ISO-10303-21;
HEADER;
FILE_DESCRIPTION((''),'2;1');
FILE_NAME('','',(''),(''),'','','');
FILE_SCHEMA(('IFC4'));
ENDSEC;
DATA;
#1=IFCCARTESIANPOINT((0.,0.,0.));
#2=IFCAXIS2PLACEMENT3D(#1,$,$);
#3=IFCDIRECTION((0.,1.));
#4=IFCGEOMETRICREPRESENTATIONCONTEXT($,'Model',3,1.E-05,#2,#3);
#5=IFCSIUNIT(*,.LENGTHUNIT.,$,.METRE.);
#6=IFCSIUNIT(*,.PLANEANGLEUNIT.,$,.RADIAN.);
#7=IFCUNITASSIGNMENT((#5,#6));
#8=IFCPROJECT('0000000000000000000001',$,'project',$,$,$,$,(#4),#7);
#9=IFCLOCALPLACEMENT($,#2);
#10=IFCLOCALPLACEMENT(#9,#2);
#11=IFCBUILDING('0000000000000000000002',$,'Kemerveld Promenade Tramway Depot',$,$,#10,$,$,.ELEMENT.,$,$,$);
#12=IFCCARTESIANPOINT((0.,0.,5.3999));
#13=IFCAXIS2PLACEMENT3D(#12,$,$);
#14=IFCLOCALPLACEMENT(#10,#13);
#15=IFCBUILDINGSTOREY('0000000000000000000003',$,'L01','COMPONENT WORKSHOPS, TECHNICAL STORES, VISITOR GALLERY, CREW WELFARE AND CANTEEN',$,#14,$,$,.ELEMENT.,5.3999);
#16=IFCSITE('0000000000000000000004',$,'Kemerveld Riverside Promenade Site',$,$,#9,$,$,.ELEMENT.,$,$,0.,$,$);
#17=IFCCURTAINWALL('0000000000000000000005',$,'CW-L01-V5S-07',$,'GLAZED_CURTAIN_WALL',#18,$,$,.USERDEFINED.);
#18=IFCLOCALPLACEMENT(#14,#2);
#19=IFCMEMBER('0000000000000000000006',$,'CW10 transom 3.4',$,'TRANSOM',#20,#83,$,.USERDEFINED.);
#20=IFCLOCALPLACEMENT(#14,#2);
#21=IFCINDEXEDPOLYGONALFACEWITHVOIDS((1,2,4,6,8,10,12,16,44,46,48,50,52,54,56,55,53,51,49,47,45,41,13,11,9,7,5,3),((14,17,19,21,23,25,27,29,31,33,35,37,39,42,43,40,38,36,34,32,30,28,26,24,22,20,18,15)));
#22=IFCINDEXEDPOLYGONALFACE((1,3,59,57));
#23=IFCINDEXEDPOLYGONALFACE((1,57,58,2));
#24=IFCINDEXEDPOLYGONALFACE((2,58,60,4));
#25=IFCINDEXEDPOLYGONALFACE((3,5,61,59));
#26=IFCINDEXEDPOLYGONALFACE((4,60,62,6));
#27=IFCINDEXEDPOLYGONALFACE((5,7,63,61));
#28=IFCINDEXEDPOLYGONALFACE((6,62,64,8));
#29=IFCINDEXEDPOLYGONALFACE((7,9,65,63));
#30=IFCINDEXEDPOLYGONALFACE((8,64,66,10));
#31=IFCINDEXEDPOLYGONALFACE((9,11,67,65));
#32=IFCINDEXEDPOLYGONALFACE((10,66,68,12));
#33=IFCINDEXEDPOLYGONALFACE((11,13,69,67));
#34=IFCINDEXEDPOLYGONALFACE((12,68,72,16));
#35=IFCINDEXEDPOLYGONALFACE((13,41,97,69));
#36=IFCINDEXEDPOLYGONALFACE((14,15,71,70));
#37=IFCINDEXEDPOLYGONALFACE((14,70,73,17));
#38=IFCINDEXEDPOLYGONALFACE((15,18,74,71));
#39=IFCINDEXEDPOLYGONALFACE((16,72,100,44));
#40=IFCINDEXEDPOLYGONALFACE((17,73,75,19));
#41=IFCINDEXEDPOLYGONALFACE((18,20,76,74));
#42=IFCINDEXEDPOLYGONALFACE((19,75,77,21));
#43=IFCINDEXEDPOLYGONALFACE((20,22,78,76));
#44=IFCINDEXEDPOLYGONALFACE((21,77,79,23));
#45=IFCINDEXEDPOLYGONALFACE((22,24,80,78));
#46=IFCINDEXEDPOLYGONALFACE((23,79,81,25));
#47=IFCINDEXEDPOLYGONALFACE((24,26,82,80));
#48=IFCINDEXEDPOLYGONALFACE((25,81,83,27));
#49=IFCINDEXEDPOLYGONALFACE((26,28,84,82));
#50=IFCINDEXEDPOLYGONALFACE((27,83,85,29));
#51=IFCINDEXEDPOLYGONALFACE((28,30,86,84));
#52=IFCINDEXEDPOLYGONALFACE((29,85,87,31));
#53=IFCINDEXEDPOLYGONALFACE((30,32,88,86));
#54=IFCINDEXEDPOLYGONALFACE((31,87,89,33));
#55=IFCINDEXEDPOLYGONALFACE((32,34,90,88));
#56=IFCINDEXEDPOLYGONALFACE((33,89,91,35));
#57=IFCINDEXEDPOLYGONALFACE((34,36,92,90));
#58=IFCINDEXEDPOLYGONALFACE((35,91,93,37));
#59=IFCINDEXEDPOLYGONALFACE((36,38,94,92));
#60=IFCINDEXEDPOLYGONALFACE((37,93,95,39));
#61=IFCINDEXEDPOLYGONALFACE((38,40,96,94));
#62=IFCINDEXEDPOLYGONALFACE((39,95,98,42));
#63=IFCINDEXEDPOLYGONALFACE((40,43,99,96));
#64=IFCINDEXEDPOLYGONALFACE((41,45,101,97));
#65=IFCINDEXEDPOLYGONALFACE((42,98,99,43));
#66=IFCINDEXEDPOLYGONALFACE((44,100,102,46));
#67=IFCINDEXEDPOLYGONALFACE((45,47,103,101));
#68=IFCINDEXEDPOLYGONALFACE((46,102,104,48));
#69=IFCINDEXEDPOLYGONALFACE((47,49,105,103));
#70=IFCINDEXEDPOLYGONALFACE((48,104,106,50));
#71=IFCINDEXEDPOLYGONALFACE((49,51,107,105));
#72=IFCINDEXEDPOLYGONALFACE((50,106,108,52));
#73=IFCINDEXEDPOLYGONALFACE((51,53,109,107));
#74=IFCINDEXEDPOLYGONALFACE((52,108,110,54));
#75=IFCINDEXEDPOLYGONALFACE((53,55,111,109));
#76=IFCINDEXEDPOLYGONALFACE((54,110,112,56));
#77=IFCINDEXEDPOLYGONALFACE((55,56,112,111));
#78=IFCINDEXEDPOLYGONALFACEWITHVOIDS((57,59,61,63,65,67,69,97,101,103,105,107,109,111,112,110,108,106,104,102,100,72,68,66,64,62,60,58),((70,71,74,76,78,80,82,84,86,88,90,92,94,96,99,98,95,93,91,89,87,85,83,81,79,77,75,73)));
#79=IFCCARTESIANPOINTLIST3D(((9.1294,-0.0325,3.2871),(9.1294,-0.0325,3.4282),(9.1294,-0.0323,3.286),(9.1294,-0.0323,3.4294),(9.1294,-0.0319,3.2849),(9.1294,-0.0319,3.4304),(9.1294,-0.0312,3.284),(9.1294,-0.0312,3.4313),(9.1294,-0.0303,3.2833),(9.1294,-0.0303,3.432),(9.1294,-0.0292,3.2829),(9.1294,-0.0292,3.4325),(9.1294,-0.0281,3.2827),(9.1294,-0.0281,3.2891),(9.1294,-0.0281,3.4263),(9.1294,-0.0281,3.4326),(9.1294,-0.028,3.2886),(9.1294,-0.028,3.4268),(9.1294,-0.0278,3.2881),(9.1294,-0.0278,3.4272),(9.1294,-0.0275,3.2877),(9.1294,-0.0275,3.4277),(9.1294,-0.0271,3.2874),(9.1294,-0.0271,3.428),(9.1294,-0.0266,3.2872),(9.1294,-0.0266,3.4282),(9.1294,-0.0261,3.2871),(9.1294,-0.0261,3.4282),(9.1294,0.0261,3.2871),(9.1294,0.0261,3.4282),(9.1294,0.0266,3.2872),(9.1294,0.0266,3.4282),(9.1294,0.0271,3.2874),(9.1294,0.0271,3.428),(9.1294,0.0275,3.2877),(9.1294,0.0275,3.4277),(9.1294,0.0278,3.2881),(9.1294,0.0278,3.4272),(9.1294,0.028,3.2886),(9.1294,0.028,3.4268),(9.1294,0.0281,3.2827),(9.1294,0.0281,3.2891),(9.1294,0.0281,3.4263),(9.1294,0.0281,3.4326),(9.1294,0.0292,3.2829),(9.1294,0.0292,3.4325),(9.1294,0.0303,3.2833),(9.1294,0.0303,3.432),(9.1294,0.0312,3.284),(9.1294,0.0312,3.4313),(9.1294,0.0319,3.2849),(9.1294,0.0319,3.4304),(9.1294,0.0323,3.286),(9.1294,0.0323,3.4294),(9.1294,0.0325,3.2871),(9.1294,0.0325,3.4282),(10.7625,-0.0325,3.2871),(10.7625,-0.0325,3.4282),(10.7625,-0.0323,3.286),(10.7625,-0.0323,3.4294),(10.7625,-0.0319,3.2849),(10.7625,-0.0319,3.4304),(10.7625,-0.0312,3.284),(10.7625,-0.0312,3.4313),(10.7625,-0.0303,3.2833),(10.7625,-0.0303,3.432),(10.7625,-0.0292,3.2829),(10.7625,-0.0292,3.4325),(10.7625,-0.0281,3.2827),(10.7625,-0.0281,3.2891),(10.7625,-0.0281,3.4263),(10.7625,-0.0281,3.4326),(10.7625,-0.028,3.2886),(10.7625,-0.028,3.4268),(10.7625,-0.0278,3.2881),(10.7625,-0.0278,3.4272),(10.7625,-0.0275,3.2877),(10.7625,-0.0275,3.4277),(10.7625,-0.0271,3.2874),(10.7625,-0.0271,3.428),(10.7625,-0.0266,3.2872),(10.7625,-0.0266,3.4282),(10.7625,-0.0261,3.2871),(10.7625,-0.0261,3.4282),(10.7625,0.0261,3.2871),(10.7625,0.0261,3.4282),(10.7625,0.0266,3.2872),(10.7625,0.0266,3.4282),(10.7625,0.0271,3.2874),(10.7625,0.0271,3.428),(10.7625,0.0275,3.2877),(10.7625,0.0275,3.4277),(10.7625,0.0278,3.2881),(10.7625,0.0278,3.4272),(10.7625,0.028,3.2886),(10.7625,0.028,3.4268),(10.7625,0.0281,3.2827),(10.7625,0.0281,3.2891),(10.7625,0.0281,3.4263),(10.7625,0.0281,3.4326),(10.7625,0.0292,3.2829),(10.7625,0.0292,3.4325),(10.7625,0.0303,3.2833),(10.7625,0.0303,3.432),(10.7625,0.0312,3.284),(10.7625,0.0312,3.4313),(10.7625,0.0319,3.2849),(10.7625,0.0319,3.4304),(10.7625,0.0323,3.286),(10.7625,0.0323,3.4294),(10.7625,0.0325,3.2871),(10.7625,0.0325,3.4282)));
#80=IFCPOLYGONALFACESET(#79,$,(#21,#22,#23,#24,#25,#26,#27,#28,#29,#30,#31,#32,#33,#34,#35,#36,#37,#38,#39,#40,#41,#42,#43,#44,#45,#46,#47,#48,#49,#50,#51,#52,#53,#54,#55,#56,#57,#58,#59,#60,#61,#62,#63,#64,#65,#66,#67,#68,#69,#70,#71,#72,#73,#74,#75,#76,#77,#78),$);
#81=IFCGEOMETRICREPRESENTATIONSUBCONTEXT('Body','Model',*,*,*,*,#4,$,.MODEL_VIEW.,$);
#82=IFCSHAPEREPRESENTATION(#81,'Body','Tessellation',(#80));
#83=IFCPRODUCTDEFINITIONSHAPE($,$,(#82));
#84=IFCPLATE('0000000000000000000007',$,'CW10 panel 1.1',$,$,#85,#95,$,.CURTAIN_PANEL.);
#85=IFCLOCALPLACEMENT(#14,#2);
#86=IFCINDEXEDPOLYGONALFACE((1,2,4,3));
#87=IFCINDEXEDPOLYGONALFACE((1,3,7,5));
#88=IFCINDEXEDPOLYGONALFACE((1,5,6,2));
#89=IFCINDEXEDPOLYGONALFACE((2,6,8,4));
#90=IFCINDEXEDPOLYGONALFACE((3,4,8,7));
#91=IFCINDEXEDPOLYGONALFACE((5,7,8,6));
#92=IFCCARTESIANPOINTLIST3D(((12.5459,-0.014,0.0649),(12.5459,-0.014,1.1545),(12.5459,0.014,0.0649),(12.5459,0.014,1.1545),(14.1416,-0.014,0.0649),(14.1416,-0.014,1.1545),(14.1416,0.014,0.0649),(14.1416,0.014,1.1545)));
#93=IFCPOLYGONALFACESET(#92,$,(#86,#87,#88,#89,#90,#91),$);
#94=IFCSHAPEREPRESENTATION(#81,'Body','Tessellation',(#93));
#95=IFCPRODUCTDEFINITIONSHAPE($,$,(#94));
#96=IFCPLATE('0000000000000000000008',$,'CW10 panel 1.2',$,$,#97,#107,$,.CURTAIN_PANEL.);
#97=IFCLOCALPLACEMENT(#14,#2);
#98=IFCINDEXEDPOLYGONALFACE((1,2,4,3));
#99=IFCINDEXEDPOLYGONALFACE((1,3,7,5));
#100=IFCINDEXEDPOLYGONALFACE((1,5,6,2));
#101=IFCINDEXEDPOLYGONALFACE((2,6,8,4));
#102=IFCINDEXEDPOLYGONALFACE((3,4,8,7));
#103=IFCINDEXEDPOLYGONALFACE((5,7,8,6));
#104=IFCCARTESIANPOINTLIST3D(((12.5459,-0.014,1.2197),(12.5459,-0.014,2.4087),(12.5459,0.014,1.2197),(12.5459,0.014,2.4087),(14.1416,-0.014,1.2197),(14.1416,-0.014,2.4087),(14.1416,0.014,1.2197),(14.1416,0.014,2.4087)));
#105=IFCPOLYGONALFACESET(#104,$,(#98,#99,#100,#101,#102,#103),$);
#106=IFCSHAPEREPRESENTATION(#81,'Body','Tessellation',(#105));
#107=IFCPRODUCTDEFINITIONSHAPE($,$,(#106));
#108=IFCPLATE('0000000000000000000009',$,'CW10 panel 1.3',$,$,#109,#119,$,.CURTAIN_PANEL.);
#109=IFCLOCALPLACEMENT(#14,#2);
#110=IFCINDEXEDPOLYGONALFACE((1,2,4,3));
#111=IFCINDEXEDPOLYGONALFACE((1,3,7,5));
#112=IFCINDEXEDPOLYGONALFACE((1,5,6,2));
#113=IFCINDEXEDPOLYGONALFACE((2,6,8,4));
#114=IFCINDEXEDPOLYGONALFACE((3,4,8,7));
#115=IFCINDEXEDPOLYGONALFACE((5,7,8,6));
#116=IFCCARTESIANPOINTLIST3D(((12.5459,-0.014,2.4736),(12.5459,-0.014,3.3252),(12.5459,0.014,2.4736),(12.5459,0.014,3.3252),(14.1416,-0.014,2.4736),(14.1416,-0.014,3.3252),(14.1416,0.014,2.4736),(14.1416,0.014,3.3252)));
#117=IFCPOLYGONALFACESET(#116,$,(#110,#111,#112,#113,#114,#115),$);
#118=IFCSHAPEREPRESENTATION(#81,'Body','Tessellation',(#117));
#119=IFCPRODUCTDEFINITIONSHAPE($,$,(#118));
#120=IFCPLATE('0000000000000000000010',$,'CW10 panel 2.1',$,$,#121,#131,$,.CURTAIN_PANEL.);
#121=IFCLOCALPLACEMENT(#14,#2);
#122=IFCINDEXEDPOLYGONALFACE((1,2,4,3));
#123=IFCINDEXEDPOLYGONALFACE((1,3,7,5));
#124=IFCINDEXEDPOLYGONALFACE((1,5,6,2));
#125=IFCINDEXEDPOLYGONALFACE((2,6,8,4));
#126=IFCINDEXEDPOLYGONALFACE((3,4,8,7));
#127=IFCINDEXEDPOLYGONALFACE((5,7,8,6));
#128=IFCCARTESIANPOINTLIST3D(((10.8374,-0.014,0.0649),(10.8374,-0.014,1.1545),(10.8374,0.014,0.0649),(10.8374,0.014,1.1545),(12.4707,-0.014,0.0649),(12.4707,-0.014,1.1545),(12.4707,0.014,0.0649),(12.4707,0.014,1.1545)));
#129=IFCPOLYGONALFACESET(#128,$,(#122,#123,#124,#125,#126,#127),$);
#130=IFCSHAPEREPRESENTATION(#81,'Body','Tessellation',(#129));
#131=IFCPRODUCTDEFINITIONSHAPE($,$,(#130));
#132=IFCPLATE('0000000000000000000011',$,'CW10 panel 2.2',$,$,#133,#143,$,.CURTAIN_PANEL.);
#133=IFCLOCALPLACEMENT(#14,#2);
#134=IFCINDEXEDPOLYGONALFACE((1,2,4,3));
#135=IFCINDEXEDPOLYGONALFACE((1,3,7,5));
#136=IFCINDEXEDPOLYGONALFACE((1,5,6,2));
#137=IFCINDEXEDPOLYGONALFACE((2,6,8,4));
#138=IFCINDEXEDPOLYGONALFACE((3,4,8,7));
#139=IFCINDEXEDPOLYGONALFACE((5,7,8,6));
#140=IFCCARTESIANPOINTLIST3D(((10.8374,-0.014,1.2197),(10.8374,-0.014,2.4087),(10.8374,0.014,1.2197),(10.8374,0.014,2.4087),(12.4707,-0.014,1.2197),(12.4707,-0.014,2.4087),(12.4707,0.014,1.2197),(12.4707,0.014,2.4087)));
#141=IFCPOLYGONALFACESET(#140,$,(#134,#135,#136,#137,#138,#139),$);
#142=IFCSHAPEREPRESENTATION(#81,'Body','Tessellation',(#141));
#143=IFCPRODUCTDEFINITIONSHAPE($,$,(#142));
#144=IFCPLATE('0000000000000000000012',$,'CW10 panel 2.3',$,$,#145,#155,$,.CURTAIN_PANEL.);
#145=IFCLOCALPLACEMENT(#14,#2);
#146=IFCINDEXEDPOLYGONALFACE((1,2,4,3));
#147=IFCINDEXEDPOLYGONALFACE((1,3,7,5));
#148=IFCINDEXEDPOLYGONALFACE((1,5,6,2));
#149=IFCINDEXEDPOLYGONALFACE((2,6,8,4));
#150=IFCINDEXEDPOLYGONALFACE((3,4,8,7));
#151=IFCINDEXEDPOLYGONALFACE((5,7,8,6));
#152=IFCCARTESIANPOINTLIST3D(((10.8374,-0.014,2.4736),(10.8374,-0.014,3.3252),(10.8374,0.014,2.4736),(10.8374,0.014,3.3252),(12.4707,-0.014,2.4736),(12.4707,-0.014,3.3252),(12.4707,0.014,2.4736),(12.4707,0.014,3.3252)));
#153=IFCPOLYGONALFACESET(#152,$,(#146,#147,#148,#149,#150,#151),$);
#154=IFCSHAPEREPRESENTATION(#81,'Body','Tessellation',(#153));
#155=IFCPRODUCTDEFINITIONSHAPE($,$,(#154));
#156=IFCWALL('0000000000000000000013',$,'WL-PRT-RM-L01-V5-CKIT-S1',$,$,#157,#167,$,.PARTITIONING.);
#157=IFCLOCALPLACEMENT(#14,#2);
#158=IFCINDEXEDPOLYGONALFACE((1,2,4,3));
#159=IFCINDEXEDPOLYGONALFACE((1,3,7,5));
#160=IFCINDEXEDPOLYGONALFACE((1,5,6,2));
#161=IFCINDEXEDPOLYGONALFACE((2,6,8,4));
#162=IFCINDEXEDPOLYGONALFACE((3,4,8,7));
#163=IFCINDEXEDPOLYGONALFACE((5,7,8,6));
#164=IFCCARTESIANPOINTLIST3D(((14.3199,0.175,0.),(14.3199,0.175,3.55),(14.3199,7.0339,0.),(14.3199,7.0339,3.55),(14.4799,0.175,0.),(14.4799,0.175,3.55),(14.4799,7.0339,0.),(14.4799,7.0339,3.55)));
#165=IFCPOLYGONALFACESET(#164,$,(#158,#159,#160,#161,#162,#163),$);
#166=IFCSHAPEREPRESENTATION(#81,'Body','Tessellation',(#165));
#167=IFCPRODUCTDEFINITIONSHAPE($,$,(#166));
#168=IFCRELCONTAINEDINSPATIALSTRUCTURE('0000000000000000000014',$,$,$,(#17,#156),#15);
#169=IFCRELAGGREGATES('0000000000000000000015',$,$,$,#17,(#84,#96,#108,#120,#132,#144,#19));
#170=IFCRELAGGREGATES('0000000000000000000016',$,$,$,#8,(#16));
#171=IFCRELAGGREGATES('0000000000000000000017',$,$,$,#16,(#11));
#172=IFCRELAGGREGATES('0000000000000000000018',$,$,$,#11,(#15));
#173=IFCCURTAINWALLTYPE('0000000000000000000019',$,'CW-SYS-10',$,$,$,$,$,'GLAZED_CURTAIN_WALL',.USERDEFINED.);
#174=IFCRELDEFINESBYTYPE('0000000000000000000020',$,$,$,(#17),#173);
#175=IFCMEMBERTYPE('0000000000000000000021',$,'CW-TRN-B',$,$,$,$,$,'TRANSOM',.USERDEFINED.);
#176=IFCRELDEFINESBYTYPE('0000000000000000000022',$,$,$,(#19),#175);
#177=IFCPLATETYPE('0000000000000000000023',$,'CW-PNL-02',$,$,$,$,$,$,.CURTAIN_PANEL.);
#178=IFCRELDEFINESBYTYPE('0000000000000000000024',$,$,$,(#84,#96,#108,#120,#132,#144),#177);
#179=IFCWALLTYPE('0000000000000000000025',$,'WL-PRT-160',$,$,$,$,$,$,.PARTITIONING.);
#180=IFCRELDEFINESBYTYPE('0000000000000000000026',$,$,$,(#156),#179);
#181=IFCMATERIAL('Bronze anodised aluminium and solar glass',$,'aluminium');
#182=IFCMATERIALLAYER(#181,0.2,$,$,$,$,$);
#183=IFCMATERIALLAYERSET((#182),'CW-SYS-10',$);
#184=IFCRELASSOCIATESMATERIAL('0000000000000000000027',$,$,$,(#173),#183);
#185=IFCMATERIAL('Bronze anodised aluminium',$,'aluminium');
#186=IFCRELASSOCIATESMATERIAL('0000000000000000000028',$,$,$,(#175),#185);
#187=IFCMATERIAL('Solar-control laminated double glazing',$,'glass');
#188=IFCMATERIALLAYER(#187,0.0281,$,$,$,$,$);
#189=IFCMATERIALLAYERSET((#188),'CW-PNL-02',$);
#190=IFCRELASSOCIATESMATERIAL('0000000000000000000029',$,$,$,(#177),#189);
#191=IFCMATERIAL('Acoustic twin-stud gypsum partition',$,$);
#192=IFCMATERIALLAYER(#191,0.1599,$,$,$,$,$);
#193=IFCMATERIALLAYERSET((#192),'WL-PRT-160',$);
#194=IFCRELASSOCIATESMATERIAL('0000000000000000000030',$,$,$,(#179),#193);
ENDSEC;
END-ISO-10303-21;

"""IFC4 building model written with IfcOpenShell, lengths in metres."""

from ifc_helpers import new_model, si_unit, direction, frame, frame_2d, origin, origin_2d, place, context, subcontext, project, spatial, rectangle, hollow_rectangle, extrude, material, layer, layer_set, material_profile, profile_set, type_object, element, aggregate, save


model = new_model("IFC4")

# Units and contexts
model_context = context("Model", 3, precision=1e-05, world=origin(), true_north=direction((0.0, 1.0)))
body_context = subcontext(model_context, "Body", "Model", "MODEL_VIEW")
ifc_project = project(units=[si_unit("LENGTHUNIT", "METRE"), si_unit("PLANEANGLEUNIT", "RADIAN")], contexts=[model_context])

# Site, building, storey
site_placement = place(None, origin())
site = spatial("IfcSite", under=ifc_project, at=site_placement, Name="Kemerveld Riverside Promenade Site", CompositionType="ELEMENT", RefElevation=0.0)
building_placement = place(site_placement, origin())
building = spatial("IfcBuilding", under=site, at=building_placement, Name="Kemerveld Promenade Tramway Depot", CompositionType="ELEMENT")
storey_placement = place(building_placement, frame((0.0, 0.0, 5.3999)))
storey = spatial("IfcBuildingStorey", under=building, at=storey_placement, Name="L01", Description="COMPONENT WORKSHOPS, TECHNICAL STORES, VISITOR GALLERY, CREW WELFARE AND CANTEEN", CompositionType="ELEMENT", Elevation=5.3999)

# Curtain wall, member, plates
ifc_material_1 = material(Name="Bronze anodised aluminium and solar glass", Category="aluminium")
ifc_layer_1 = layer(ifc_material_1, 0.2)
ifc_layer_set_1 = layer_set([ifc_layer_1], Name="CW-SYS-10")
curtain_wall_type = type_object("IfcCurtainWallType", Name="CW-SYS-10", ElementType="GLAZED_CURTAIN_WALL", PredefinedType="USERDEFINED", material=ifc_layer_set_1)
curtain_wall_placement = place(storey_placement, origin())
curtain_wall = element("IfcCurtainWall", 1, at=curtain_wall_placement, inside=storey, type_object=curtain_wall_type, Name="CW-L01-V5S-07", ObjectType="GLAZED_CURTAIN_WALL", PredefinedType="USERDEFINED")
ifc_material_2 = material(Name="Bronze anodised aluminium", Category="aluminium")
ifc_material_profile_1 = material_profile(ifc_material_2, hollow_rectangle(XDim=0.0649, YDim=0.1499, WallThickness=0.0044, InnerFilletRadius=0.002, OuterFilletRadius=0.0044, at=origin_2d()), Name="CW-TRN-150x65")
ifc_profile_set_1 = profile_set([ifc_material_profile_1], Name="Bronze anodised aluminium")
member_type_1 = type_object("IfcMemberType", Name="CW-TRN-B", ElementType="TRANSOM", PredefinedType="USERDEFINED", material=ifc_profile_set_1)
member_1_placement = place(storey_placement, frame((10.7625, 0.0, 3.3577), z_axis=(-1.0, 0.0, 0.0), x_axis=(0.0, -1.0, 0.0)))
member_1 = element("IfcMember", 2, at=member_1_placement, type_object=member_type_1, Name="CW10 transom 3.4", ObjectType="TRANSOM", PredefinedType="USERDEFINED", context=body_context, shape_type="SweptSolid", body=[
    extrude(hollow_rectangle(XDim=0.0649, YDim=0.1499, WallThickness=0.0044, InnerFilletRadius=0.002, OuterFilletRadius=0.0044, at=origin_2d()), origin(), (0.0, 0.0, 1.0), 1.6331),
])
ifc_material_3 = material(Name="Solar-control laminated double glazing", Category="glass")
ifc_layer_2 = layer(ifc_material_3, 0.0281)
ifc_layer_set_2 = layer_set([ifc_layer_2], Name="CW-PNL-02")
plate_type = type_object("IfcPlateType", Name="CW-PNL-02", PredefinedType="CURTAIN_PANEL", material=ifc_layer_set_2)
plate_1_placement = place(storey_placement, frame((13.3438, 0.0, 0.0649), z_axis=(0.0, 0.0, 1.0), x_axis=(-1.0, 0.0, 0.0)))
plate_1 = element("IfcPlate", 3, at=plate_1_placement, type_object=plate_type, Name="CW10 panel 1.1", PredefinedType="CURTAIN_PANEL", context=body_context, shape_type="SweptSolid", body=[
    extrude(rectangle(XDim=1.5957, YDim=0.0281, at=origin_2d()), origin(), (0.0, 0.0, 1.0), 1.0896),
])
plate_2_placement = place(storey_placement, frame((13.3438, 0.0, 1.2197), z_axis=(0.0, 0.0, 1.0), x_axis=(-1.0, 0.0, 0.0)))
plate_2 = element("IfcPlate", 4, at=plate_2_placement, type_object=plate_type, Name="CW10 panel 1.2", PredefinedType="CURTAIN_PANEL", context=body_context, shape_type="SweptSolid", body=[
    extrude(rectangle(XDim=1.5957, YDim=0.0281, at=origin_2d()), origin(), (0.0, 0.0, 1.0), 1.189),
])
plate_3_placement = place(storey_placement, frame((13.3438, 0.0, 2.4736), z_axis=(0.0, 0.0, 1.0), x_axis=(-1.0, 0.0, 0.0)))
plate_3 = element("IfcPlate", 5, at=plate_3_placement, type_object=plate_type, Name="CW10 panel 1.3", PredefinedType="CURTAIN_PANEL", context=body_context, shape_type="SweptSolid", body=[
    extrude(rectangle(XDim=1.5957, YDim=0.0281, at=origin_2d()), origin(), (0.0, 0.0, 1.0), 0.8516),
])
plate_4_placement = place(storey_placement, frame((11.6541, 0.0, 0.0649), z_axis=(0.0, 0.0, 1.0), x_axis=(-1.0, 0.0, 0.0)))
plate_4 = element("IfcPlate", 6, at=plate_4_placement, type_object=plate_type, Name="CW10 panel 2.1", PredefinedType="CURTAIN_PANEL", context=body_context, shape_type="SweptSolid", body=[
    extrude(rectangle(XDim=1.6333, YDim=0.0281, at=origin_2d()), origin(), (0.0, 0.0, 1.0), 1.0896),
])
plate_5_placement = place(storey_placement, frame((11.6541, 0.0, 1.2197), z_axis=(0.0, 0.0, 1.0), x_axis=(-1.0, 0.0, 0.0)))
plate_5 = element("IfcPlate", 7, at=plate_5_placement, type_object=plate_type, Name="CW10 panel 2.2", PredefinedType="CURTAIN_PANEL", context=body_context, shape_type="SweptSolid", body=[
    extrude(rectangle(XDim=1.6333, YDim=0.0281, at=origin_2d()), origin(), (0.0, 0.0, 1.0), 1.189),
])
plate_6_placement = place(storey_placement, frame((11.6541, 0.0, 2.4736), z_axis=(0.0, 0.0, 1.0), x_axis=(-1.0, 0.0, 0.0)))
plate_6 = element("IfcPlate", 8, at=plate_6_placement, type_object=plate_type, Name="CW10 panel 2.3", PredefinedType="CURTAIN_PANEL", context=body_context, shape_type="SweptSolid", body=[
    extrude(rectangle(XDim=1.6333, YDim=0.0281, at=origin_2d()), origin(), (0.0, 0.0, 1.0), 0.8516),
])
aggregate(curtain_wall, [plate_1, plate_2, plate_3, plate_4, plate_5, plate_6, member_1])

# Wall
ifc_material_4 = material(Name="Acoustic twin-stud gypsum partition")
ifc_layer_3 = layer(ifc_material_4, 0.1599)
ifc_layer_set_3 = layer_set([ifc_layer_3], Name="WL-PRT-160")
wall_type = type_object("IfcWallType", Name="WL-PRT-160", PredefinedType="PARTITIONING", material=ifc_layer_set_3)
wall_placement = place(storey_placement, frame((14.3999, 0.175, 0.0), z_axis=(0.0, 0.0, 1.0), x_axis=(0.0, 1.0, 0.0)))
element("IfcWall", 9, at=wall_placement, inside=storey, type_object=wall_type, Name="WL-PRT-RM-L01-V5-CKIT-S1", PredefinedType="PARTITIONING", context=body_context, shape_type="SweptSolid", body=[
    extrude(rectangle(XDim=6.8589, YDim=0.1599, at=frame_2d((3.4294, 0.0))), origin(), (0.0, 0.0, 1.0), 3.55),
])

save(model, "model.ifc")
